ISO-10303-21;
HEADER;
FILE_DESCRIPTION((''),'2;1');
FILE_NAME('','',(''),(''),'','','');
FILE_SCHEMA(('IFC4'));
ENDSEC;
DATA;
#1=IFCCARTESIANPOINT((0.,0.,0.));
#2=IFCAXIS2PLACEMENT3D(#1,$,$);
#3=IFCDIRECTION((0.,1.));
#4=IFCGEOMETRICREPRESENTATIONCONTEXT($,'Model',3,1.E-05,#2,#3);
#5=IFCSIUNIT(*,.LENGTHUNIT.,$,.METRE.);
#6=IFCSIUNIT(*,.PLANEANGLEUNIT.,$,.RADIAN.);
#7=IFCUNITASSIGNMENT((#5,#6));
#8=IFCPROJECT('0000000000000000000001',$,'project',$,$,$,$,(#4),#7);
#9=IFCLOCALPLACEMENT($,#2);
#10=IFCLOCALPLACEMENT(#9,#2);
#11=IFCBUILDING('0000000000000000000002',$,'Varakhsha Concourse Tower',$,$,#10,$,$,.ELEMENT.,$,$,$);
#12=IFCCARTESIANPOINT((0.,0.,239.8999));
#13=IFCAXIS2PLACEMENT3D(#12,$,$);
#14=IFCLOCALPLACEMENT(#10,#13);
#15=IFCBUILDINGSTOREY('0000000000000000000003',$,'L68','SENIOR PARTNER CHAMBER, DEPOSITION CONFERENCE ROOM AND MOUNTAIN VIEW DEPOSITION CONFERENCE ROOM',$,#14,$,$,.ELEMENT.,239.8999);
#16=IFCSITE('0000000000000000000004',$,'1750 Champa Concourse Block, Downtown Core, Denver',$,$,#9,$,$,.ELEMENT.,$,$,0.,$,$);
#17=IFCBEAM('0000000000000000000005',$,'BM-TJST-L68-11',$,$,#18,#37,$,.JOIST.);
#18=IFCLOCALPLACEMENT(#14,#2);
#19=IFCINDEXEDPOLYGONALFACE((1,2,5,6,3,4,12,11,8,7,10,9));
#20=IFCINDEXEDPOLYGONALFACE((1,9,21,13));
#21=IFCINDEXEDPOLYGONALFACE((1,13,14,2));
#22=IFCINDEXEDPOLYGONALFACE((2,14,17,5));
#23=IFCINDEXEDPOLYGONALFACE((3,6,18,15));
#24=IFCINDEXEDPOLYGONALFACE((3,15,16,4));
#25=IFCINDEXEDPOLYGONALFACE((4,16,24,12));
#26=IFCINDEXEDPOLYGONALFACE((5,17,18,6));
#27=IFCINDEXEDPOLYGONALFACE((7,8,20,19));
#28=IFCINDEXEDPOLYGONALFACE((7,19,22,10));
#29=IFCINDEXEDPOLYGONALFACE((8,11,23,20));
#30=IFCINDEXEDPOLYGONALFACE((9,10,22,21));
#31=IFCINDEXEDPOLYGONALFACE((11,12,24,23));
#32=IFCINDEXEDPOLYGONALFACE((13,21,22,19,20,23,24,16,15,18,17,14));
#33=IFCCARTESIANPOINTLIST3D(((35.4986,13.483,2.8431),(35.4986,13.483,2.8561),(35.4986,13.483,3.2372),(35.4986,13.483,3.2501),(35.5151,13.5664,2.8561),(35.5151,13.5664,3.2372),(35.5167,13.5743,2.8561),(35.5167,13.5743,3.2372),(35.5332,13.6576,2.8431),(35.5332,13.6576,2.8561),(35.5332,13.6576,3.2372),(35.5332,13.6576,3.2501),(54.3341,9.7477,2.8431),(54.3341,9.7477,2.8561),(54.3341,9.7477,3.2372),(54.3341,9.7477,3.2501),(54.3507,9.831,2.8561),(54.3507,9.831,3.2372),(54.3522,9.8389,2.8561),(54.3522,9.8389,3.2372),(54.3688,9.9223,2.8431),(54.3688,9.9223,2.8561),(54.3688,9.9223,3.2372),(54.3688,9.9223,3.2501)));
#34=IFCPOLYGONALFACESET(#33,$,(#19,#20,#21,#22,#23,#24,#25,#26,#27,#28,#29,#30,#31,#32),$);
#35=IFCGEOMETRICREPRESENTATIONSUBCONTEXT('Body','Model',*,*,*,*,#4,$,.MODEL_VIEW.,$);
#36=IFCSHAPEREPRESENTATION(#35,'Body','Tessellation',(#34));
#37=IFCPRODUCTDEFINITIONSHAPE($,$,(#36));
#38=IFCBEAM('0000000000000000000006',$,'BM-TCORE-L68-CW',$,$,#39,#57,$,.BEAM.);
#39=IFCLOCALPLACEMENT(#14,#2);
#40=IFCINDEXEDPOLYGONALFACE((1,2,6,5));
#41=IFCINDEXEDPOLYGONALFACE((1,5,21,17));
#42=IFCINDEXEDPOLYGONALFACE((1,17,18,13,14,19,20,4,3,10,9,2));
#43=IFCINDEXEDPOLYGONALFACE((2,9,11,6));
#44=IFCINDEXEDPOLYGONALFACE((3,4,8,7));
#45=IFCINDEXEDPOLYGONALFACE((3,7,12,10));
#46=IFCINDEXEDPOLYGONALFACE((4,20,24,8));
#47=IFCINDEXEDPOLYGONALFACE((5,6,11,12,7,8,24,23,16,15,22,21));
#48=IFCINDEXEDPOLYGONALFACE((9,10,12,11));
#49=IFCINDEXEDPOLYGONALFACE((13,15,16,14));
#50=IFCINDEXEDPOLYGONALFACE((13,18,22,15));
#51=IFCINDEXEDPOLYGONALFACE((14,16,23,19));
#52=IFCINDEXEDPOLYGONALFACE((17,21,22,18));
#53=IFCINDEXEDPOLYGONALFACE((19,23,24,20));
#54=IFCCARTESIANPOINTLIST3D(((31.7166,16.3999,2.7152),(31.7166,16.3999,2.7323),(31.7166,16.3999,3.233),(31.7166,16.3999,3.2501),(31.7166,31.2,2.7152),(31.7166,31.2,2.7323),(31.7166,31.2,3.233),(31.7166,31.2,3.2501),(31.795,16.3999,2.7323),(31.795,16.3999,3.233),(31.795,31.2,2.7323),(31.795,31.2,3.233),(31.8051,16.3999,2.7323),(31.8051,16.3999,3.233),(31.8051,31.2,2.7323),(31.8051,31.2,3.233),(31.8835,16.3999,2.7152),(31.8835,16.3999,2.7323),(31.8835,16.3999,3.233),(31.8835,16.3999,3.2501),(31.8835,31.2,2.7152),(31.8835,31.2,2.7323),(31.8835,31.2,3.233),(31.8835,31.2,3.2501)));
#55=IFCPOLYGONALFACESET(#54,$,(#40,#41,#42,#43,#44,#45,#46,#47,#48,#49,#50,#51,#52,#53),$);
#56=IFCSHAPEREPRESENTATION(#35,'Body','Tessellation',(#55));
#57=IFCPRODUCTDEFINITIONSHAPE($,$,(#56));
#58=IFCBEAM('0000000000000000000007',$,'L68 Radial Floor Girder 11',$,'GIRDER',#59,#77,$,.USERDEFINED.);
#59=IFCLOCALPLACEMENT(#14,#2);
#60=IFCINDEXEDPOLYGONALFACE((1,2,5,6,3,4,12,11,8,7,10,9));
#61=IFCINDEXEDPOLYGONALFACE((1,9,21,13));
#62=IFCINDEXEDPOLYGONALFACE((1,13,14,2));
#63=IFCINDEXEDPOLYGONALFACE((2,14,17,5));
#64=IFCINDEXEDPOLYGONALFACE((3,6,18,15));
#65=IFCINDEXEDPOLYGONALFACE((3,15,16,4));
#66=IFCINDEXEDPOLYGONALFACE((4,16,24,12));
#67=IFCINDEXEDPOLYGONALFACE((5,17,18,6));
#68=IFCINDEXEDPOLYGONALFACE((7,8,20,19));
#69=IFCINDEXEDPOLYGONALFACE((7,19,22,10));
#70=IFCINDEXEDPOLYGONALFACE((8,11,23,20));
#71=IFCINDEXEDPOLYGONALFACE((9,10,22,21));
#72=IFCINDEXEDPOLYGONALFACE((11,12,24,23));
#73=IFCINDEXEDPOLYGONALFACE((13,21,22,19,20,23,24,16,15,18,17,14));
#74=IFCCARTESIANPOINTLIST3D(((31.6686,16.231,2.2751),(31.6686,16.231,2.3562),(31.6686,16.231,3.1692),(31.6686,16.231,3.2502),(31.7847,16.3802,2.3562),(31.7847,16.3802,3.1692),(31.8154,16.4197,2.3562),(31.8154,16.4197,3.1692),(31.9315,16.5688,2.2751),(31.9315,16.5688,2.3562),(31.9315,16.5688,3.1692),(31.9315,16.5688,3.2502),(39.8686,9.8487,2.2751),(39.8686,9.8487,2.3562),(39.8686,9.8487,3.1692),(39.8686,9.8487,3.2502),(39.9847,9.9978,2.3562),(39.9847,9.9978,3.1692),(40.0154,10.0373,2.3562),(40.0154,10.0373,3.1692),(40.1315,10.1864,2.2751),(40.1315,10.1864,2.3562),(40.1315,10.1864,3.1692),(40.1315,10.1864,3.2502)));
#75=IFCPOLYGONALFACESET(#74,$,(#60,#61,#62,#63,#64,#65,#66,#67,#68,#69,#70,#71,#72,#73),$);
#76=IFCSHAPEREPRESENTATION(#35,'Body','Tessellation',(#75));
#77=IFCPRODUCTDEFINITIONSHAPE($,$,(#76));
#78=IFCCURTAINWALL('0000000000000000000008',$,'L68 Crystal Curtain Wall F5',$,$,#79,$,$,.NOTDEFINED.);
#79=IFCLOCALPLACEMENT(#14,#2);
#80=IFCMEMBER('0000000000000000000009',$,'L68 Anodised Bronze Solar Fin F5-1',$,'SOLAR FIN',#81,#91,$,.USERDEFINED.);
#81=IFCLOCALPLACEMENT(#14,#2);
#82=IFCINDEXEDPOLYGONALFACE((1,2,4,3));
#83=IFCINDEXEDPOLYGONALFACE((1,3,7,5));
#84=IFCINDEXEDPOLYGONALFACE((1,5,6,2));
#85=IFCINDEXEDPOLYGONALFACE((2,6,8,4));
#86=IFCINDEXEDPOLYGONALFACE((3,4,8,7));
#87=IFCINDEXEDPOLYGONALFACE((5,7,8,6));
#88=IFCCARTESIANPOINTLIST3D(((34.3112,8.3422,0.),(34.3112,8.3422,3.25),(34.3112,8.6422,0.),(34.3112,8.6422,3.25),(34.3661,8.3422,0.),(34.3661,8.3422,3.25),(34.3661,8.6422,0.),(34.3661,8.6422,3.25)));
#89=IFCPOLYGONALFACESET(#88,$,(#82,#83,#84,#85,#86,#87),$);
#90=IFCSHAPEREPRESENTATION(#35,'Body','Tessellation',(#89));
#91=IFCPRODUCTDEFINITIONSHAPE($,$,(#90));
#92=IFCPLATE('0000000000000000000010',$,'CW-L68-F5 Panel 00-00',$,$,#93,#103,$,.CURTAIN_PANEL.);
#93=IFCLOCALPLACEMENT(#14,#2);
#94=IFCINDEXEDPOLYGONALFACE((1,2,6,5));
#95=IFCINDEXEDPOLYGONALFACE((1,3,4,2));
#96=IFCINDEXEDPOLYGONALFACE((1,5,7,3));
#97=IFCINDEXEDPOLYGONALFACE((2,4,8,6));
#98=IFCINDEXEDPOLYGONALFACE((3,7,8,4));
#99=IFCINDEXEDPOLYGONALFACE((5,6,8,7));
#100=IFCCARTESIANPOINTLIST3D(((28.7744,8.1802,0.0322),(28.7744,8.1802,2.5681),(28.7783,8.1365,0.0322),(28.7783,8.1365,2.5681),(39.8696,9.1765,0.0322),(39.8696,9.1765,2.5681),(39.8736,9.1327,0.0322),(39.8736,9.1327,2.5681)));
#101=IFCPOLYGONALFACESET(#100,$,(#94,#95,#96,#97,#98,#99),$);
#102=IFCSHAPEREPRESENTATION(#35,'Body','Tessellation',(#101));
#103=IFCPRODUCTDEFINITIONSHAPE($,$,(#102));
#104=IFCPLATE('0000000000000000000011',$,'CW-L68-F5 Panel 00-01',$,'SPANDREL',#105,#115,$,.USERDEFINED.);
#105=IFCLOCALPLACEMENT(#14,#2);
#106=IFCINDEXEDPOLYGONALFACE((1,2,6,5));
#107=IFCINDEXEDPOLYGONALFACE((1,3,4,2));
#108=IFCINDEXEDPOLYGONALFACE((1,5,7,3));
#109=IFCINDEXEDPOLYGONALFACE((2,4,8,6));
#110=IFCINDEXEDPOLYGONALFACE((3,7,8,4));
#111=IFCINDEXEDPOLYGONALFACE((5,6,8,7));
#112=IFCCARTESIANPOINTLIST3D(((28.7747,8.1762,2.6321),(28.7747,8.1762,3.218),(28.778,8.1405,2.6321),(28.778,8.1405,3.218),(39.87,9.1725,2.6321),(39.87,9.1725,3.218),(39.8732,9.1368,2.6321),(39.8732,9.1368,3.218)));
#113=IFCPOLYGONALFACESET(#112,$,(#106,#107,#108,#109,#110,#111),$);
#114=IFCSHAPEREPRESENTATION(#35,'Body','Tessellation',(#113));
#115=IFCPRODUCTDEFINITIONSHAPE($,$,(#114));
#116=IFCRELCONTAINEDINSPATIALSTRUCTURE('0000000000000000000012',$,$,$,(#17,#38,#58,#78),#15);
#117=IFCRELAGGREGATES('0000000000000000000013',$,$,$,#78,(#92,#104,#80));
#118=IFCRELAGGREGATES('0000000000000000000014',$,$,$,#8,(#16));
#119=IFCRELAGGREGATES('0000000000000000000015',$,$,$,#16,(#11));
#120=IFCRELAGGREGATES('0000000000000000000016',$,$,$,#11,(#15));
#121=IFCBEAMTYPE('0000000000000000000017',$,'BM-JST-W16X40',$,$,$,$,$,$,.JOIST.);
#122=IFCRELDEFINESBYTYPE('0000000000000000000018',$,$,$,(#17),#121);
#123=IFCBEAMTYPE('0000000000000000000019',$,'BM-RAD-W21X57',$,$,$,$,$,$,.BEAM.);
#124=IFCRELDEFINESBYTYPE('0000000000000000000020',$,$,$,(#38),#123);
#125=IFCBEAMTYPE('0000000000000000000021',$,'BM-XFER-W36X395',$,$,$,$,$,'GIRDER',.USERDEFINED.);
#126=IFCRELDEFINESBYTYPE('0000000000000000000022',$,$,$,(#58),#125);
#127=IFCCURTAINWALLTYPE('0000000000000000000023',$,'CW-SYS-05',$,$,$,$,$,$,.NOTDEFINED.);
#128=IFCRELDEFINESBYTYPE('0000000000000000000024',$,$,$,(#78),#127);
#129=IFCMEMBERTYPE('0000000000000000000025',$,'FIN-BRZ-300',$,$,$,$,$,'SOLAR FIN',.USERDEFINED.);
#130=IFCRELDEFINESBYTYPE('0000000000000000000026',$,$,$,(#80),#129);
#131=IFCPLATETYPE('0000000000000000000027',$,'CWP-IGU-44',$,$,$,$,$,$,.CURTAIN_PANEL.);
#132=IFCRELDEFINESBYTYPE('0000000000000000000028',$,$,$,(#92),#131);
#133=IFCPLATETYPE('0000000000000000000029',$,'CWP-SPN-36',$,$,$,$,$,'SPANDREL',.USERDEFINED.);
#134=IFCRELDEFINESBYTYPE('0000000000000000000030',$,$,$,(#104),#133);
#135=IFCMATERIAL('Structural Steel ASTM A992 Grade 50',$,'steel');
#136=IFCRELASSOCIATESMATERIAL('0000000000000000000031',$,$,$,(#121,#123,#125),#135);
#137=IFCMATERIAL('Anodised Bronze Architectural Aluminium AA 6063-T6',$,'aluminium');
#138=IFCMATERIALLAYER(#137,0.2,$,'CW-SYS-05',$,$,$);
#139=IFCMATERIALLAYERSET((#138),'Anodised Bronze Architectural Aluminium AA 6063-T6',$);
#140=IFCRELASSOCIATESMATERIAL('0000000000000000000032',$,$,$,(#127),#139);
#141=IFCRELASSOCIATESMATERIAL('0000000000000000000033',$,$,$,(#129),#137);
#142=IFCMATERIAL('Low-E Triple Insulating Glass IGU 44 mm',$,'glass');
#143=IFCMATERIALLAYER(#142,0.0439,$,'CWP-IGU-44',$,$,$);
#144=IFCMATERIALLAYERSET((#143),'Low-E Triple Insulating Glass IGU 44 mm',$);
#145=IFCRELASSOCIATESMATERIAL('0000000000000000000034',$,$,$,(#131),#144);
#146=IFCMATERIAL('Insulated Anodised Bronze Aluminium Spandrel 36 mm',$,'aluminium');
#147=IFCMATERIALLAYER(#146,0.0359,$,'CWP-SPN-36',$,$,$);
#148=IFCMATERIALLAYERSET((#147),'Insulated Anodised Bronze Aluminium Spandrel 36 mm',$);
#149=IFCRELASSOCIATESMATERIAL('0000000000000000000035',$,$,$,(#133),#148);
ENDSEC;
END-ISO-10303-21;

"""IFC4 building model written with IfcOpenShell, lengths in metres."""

from ifc_helpers import new_model, si_unit, direction, frame, origin, origin_2d, place, context, subcontext, project, spatial, rectangle, i_section, extrude, source, transform, mapped, material, layer, layer_set, material_profile, profile_set, type_object, type_shapes, element, aggregate, save


model = new_model("IFC4")

# Units and contexts
model_context = context("Model", 3, precision=1e-05, world=origin(), true_north=direction((0.0, 1.0)))
body_context = subcontext(model_context, "Body", "Model", "MODEL_VIEW")
ifc_project = project(units=[si_unit("LENGTHUNIT", "METRE"), si_unit("PLANEANGLEUNIT", "RADIAN")], contexts=[model_context])

# Site, building, storey
site_placement = place(None, origin())
site = spatial("IfcSite", under=ifc_project, at=site_placement, Name="1750 Champa Concourse Block, Downtown Core, Denver", CompositionType="ELEMENT", RefElevation=0.0)
building_placement = place(site_placement, origin())
building = spatial("IfcBuilding", under=site, at=building_placement, Name="Varakhsha Concourse Tower", CompositionType="ELEMENT")
storey_placement = place(building_placement, frame((0.0, 0.0, 239.8999)))
storey = spatial("IfcBuildingStorey", under=building, at=storey_placement, Name="L68", Description="SENIOR PARTNER CHAMBER, DEPOSITION CONFERENCE ROOM AND MOUNTAIN VIEW DEPOSITION CONFERENCE ROOM", CompositionType="ELEMENT", Elevation=239.8999)

# Beams
ifc_material_1 = material(Name="Structural Steel ASTM A992 Grade 50", Category="steel")
ifc_material_profile_1 = material_profile(ifc_material_1, i_section(OverallWidth=0.178, OverallDepth=0.407, WebThickness=0.0081, FlangeThickness=0.0129, at=origin_2d()), Name="W16X40")
ifc_profile_set_1 = profile_set([ifc_material_profile_1], Name="Structural Steel ASTM A992 Grade 50")
beam_type_1 = type_object("IfcBeamType", Name="BM-JST-W16X40", PredefinedType="JOIST", material=ifc_profile_set_1)
beam_1_placement = place(storey_placement, frame((35.5159, 13.5703, 3.0466), z_axis=(0.980898, -0.194524, 0.0), x_axis=(0.194524, 0.980898, 0.0)))
element("IfcBeam", 1, at=beam_1_placement, inside=storey, type_object=beam_type_1, Name="BM-TJST-L68-11", PredefinedType="JOIST", context=body_context, shape_type="SweptSolid", body=[
    extrude(i_section(OverallWidth=0.178, OverallDepth=0.407, WebThickness=0.0081, FlangeThickness=0.0129, at=origin_2d()), origin(), (0.0, 0.0, 1.0), 19.2024),
])
ifc_material_profile_2 = material_profile(ifc_material_1, i_section(OverallWidth=0.167, OverallDepth=0.5349, WebThickness=0.01, FlangeThickness=0.0171, at=origin_2d()), Name="W21X57")
ifc_profile_set_2 = profile_set([ifc_material_profile_2], Name="Structural Steel ASTM A992 Grade 50")
beam_type_2 = type_object("IfcBeamType", Name="BM-RAD-W21X57", PredefinedType="BEAM", material=ifc_profile_set_2)
beam_2_placement = place(storey_placement, frame((31.8, 16.3999, 2.9827), z_axis=(0.0, 1.0, 0.0), x_axis=(-1.0, 0.0, 0.0)))
element("IfcBeam", 2, at=beam_2_placement, inside=storey, type_object=beam_type_2, Name="BM-TCORE-L68-CW", PredefinedType="BEAM", context=body_context, shape_type="SweptSolid", body=[
    extrude(i_section(OverallWidth=0.167, OverallDepth=0.5349, WebThickness=0.01, FlangeThickness=0.0171, at=origin_2d()), origin(), (0.0, 0.0, 1.0), 14.8),
])
ifc_material_profile_3 = material_profile(ifc_material_1, i_section(OverallWidth=0.428, OverallDepth=0.9751, WebThickness=0.05, FlangeThickness=0.0811, at=origin_2d()), Name="W36X395")
ifc_profile_set_3 = profile_set([ifc_material_profile_3], Name="Structural Steel ASTM A992 Grade 50")
beam_type_3 = type_object("IfcBeamType", Name="BM-XFER-W36X395", ElementType="GIRDER", PredefinedType="USERDEFINED", material=ifc_profile_set_3)
beam_3_placement = place(storey_placement, frame((31.8, 16.3999, 2.7627), z_axis=(0.789138, -0.614215, 0.0), x_axis=(0.614215, 0.789138, 0.0)))
element("IfcBeam", 3, at=beam_3_placement, inside=storey, type_object=beam_type_3, Name="L68 Radial Floor Girder 11", ObjectType="GIRDER", PredefinedType="USERDEFINED", context=body_context, shape_type="SweptSolid", body=[
    extrude(i_section(OverallWidth=0.428, OverallDepth=0.9751, WebThickness=0.05, FlangeThickness=0.0811, at=origin_2d()), origin(), (0.0, 0.0, 1.0), 10.3911),
])

# Curtain wall, member, plates
ifc_material_2 = material(Name="Anodised Bronze Architectural Aluminium AA 6063-T6", Category="aluminium")
ifc_layer_1 = layer(ifc_material_2, 0.2, Name="CW-SYS-05")
ifc_layer_set_1 = layer_set([ifc_layer_1], Name="Anodised Bronze Architectural Aluminium AA 6063-T6")
curtain_wall_type = type_object("IfcCurtainWallType", Name="CW-SYS-05", PredefinedType="NOTDEFINED", material=ifc_layer_set_1)
curtain_wall_placement = place(storey_placement, origin())
curtain_wall = element("IfcCurtainWall", 4, at=curtain_wall_placement, inside=storey, type_object=curtain_wall_type, Name="L68 Crystal Curtain Wall F5", PredefinedType="NOTDEFINED")
ifc_material_profile_4 = material_profile(ifc_material_2, rectangle(XDim=0.0549, YDim=0.3, at=origin_2d()), Name="FIN-BRZ-300")
ifc_profile_set_4 = profile_set([ifc_material_profile_4], Name="Anodised Bronze Architectural Aluminium AA 6063-T6")
member_type = type_object("IfcMemberType", Name="FIN-BRZ-300", ElementType="SOLAR FIN", PredefinedType="USERDEFINED", material=ifc_profile_set_4)
shared_shape_1 = source(origin(), body_context, "Body", "SweptSolid", [
    extrude(rectangle(XDim=0.0549, YDim=0.3, at=origin_2d()), origin(), (0.0, 0.0, 1.0), 3.25),
])
type_shapes(member_type, [shared_shape_1])
member_placement = place(storey_placement, frame((34.3386, 8.4922, 0.0), z_axis=(0.0, 0.0, 1.0), x_axis=(1.0, 0.0, 0.0)))
member = element("IfcMember", 5, at=member_placement, type_object=member_type, Name="L68 Anodised Bronze Solar Fin F5-1", ObjectType="SOLAR FIN", PredefinedType="USERDEFINED", context=body_context, shape_type="MappedRepresentation", body=[
    mapped(shared_shape_1, transform((0.0, 0.0, 0.0), scale=1.0)),
])
ifc_material_3 = material(Name="Low-E Triple Insulating Glass IGU 44 mm", Category="glass")
ifc_layer_2 = layer(ifc_material_3, 0.0439, Name="CWP-IGU-44")
ifc_layer_set_2 = layer_set([ifc_layer_2], Name="Low-E Triple Insulating Glass IGU 44 mm")
plate_type_1 = type_object("IfcPlateType", Name="CWP-IGU-44", PredefinedType="CURTAIN_PANEL", material=ifc_layer_set_2)
shared_shape_2 = source(origin(), body_context, "Body", "SweptSolid", [
    extrude(rectangle(XDim=11.1399, YDim=0.0439, at=origin_2d()), origin(), (0.0, 0.0, 1.0), 2.5359),
])
type_shapes(plate_type_1, [shared_shape_2])
plate_1_placement = place(storey_placement, frame((34.324, 8.6565, 0.0322), z_axis=(0.0, 0.0, 1.0), x_axis=(-0.995993, -0.089433, 0.0)))
plate_1 = element("IfcPlate", 6, at=plate_1_placement, type_object=plate_type_1, Name="CW-L68-F5 Panel 00-00", PredefinedType="CURTAIN_PANEL", context=body_context, shape_type="MappedRepresentation", body=[
    mapped(shared_shape_2, transform((0.0, 0.0, 0.0), scale=1.0)),
])
ifc_material_4 = material(Name="Insulated Anodised Bronze Aluminium Spandrel 36 mm", Category="aluminium")
ifc_layer_3 = layer(ifc_material_4, 0.0359, Name="CWP-SPN-36")
ifc_layer_set_3 = layer_set([ifc_layer_3], Name="Insulated Anodised Bronze Aluminium Spandrel 36 mm")
plate_type_2 = type_object("IfcPlateType", Name="CWP-SPN-36", ElementType="SPANDREL", PredefinedType="USERDEFINED", material=ifc_layer_set_3)
shared_shape_3 = source(origin(), body_context, "Body", "SweptSolid", [
    extrude(rectangle(XDim=11.1399, YDim=0.0359, at=origin_2d()), origin(), (0.0, 0.0, 1.0), 0.5859),
])
type_shapes(plate_type_2, [shared_shape_3])
plate_2_placement = place(storey_placement, frame((34.324, 8.6565, 2.6321), z_axis=(0.0, 0.0, 1.0), x_axis=(-0.995993, -0.089433, 0.0)))
plate_2 = element("IfcPlate", 7, at=plate_2_placement, type_object=plate_type_2, Name="CW-L68-F5 Panel 00-01", ObjectType="SPANDREL", PredefinedType="USERDEFINED", context=body_context, shape_type="MappedRepresentation", body=[
    mapped(shared_shape_3, transform((0.0, 0.0, 0.0), scale=1.0)),
])
aggregate(curtain_wall, [plate_1, plate_2, member])

save(model, "model.ifc")
